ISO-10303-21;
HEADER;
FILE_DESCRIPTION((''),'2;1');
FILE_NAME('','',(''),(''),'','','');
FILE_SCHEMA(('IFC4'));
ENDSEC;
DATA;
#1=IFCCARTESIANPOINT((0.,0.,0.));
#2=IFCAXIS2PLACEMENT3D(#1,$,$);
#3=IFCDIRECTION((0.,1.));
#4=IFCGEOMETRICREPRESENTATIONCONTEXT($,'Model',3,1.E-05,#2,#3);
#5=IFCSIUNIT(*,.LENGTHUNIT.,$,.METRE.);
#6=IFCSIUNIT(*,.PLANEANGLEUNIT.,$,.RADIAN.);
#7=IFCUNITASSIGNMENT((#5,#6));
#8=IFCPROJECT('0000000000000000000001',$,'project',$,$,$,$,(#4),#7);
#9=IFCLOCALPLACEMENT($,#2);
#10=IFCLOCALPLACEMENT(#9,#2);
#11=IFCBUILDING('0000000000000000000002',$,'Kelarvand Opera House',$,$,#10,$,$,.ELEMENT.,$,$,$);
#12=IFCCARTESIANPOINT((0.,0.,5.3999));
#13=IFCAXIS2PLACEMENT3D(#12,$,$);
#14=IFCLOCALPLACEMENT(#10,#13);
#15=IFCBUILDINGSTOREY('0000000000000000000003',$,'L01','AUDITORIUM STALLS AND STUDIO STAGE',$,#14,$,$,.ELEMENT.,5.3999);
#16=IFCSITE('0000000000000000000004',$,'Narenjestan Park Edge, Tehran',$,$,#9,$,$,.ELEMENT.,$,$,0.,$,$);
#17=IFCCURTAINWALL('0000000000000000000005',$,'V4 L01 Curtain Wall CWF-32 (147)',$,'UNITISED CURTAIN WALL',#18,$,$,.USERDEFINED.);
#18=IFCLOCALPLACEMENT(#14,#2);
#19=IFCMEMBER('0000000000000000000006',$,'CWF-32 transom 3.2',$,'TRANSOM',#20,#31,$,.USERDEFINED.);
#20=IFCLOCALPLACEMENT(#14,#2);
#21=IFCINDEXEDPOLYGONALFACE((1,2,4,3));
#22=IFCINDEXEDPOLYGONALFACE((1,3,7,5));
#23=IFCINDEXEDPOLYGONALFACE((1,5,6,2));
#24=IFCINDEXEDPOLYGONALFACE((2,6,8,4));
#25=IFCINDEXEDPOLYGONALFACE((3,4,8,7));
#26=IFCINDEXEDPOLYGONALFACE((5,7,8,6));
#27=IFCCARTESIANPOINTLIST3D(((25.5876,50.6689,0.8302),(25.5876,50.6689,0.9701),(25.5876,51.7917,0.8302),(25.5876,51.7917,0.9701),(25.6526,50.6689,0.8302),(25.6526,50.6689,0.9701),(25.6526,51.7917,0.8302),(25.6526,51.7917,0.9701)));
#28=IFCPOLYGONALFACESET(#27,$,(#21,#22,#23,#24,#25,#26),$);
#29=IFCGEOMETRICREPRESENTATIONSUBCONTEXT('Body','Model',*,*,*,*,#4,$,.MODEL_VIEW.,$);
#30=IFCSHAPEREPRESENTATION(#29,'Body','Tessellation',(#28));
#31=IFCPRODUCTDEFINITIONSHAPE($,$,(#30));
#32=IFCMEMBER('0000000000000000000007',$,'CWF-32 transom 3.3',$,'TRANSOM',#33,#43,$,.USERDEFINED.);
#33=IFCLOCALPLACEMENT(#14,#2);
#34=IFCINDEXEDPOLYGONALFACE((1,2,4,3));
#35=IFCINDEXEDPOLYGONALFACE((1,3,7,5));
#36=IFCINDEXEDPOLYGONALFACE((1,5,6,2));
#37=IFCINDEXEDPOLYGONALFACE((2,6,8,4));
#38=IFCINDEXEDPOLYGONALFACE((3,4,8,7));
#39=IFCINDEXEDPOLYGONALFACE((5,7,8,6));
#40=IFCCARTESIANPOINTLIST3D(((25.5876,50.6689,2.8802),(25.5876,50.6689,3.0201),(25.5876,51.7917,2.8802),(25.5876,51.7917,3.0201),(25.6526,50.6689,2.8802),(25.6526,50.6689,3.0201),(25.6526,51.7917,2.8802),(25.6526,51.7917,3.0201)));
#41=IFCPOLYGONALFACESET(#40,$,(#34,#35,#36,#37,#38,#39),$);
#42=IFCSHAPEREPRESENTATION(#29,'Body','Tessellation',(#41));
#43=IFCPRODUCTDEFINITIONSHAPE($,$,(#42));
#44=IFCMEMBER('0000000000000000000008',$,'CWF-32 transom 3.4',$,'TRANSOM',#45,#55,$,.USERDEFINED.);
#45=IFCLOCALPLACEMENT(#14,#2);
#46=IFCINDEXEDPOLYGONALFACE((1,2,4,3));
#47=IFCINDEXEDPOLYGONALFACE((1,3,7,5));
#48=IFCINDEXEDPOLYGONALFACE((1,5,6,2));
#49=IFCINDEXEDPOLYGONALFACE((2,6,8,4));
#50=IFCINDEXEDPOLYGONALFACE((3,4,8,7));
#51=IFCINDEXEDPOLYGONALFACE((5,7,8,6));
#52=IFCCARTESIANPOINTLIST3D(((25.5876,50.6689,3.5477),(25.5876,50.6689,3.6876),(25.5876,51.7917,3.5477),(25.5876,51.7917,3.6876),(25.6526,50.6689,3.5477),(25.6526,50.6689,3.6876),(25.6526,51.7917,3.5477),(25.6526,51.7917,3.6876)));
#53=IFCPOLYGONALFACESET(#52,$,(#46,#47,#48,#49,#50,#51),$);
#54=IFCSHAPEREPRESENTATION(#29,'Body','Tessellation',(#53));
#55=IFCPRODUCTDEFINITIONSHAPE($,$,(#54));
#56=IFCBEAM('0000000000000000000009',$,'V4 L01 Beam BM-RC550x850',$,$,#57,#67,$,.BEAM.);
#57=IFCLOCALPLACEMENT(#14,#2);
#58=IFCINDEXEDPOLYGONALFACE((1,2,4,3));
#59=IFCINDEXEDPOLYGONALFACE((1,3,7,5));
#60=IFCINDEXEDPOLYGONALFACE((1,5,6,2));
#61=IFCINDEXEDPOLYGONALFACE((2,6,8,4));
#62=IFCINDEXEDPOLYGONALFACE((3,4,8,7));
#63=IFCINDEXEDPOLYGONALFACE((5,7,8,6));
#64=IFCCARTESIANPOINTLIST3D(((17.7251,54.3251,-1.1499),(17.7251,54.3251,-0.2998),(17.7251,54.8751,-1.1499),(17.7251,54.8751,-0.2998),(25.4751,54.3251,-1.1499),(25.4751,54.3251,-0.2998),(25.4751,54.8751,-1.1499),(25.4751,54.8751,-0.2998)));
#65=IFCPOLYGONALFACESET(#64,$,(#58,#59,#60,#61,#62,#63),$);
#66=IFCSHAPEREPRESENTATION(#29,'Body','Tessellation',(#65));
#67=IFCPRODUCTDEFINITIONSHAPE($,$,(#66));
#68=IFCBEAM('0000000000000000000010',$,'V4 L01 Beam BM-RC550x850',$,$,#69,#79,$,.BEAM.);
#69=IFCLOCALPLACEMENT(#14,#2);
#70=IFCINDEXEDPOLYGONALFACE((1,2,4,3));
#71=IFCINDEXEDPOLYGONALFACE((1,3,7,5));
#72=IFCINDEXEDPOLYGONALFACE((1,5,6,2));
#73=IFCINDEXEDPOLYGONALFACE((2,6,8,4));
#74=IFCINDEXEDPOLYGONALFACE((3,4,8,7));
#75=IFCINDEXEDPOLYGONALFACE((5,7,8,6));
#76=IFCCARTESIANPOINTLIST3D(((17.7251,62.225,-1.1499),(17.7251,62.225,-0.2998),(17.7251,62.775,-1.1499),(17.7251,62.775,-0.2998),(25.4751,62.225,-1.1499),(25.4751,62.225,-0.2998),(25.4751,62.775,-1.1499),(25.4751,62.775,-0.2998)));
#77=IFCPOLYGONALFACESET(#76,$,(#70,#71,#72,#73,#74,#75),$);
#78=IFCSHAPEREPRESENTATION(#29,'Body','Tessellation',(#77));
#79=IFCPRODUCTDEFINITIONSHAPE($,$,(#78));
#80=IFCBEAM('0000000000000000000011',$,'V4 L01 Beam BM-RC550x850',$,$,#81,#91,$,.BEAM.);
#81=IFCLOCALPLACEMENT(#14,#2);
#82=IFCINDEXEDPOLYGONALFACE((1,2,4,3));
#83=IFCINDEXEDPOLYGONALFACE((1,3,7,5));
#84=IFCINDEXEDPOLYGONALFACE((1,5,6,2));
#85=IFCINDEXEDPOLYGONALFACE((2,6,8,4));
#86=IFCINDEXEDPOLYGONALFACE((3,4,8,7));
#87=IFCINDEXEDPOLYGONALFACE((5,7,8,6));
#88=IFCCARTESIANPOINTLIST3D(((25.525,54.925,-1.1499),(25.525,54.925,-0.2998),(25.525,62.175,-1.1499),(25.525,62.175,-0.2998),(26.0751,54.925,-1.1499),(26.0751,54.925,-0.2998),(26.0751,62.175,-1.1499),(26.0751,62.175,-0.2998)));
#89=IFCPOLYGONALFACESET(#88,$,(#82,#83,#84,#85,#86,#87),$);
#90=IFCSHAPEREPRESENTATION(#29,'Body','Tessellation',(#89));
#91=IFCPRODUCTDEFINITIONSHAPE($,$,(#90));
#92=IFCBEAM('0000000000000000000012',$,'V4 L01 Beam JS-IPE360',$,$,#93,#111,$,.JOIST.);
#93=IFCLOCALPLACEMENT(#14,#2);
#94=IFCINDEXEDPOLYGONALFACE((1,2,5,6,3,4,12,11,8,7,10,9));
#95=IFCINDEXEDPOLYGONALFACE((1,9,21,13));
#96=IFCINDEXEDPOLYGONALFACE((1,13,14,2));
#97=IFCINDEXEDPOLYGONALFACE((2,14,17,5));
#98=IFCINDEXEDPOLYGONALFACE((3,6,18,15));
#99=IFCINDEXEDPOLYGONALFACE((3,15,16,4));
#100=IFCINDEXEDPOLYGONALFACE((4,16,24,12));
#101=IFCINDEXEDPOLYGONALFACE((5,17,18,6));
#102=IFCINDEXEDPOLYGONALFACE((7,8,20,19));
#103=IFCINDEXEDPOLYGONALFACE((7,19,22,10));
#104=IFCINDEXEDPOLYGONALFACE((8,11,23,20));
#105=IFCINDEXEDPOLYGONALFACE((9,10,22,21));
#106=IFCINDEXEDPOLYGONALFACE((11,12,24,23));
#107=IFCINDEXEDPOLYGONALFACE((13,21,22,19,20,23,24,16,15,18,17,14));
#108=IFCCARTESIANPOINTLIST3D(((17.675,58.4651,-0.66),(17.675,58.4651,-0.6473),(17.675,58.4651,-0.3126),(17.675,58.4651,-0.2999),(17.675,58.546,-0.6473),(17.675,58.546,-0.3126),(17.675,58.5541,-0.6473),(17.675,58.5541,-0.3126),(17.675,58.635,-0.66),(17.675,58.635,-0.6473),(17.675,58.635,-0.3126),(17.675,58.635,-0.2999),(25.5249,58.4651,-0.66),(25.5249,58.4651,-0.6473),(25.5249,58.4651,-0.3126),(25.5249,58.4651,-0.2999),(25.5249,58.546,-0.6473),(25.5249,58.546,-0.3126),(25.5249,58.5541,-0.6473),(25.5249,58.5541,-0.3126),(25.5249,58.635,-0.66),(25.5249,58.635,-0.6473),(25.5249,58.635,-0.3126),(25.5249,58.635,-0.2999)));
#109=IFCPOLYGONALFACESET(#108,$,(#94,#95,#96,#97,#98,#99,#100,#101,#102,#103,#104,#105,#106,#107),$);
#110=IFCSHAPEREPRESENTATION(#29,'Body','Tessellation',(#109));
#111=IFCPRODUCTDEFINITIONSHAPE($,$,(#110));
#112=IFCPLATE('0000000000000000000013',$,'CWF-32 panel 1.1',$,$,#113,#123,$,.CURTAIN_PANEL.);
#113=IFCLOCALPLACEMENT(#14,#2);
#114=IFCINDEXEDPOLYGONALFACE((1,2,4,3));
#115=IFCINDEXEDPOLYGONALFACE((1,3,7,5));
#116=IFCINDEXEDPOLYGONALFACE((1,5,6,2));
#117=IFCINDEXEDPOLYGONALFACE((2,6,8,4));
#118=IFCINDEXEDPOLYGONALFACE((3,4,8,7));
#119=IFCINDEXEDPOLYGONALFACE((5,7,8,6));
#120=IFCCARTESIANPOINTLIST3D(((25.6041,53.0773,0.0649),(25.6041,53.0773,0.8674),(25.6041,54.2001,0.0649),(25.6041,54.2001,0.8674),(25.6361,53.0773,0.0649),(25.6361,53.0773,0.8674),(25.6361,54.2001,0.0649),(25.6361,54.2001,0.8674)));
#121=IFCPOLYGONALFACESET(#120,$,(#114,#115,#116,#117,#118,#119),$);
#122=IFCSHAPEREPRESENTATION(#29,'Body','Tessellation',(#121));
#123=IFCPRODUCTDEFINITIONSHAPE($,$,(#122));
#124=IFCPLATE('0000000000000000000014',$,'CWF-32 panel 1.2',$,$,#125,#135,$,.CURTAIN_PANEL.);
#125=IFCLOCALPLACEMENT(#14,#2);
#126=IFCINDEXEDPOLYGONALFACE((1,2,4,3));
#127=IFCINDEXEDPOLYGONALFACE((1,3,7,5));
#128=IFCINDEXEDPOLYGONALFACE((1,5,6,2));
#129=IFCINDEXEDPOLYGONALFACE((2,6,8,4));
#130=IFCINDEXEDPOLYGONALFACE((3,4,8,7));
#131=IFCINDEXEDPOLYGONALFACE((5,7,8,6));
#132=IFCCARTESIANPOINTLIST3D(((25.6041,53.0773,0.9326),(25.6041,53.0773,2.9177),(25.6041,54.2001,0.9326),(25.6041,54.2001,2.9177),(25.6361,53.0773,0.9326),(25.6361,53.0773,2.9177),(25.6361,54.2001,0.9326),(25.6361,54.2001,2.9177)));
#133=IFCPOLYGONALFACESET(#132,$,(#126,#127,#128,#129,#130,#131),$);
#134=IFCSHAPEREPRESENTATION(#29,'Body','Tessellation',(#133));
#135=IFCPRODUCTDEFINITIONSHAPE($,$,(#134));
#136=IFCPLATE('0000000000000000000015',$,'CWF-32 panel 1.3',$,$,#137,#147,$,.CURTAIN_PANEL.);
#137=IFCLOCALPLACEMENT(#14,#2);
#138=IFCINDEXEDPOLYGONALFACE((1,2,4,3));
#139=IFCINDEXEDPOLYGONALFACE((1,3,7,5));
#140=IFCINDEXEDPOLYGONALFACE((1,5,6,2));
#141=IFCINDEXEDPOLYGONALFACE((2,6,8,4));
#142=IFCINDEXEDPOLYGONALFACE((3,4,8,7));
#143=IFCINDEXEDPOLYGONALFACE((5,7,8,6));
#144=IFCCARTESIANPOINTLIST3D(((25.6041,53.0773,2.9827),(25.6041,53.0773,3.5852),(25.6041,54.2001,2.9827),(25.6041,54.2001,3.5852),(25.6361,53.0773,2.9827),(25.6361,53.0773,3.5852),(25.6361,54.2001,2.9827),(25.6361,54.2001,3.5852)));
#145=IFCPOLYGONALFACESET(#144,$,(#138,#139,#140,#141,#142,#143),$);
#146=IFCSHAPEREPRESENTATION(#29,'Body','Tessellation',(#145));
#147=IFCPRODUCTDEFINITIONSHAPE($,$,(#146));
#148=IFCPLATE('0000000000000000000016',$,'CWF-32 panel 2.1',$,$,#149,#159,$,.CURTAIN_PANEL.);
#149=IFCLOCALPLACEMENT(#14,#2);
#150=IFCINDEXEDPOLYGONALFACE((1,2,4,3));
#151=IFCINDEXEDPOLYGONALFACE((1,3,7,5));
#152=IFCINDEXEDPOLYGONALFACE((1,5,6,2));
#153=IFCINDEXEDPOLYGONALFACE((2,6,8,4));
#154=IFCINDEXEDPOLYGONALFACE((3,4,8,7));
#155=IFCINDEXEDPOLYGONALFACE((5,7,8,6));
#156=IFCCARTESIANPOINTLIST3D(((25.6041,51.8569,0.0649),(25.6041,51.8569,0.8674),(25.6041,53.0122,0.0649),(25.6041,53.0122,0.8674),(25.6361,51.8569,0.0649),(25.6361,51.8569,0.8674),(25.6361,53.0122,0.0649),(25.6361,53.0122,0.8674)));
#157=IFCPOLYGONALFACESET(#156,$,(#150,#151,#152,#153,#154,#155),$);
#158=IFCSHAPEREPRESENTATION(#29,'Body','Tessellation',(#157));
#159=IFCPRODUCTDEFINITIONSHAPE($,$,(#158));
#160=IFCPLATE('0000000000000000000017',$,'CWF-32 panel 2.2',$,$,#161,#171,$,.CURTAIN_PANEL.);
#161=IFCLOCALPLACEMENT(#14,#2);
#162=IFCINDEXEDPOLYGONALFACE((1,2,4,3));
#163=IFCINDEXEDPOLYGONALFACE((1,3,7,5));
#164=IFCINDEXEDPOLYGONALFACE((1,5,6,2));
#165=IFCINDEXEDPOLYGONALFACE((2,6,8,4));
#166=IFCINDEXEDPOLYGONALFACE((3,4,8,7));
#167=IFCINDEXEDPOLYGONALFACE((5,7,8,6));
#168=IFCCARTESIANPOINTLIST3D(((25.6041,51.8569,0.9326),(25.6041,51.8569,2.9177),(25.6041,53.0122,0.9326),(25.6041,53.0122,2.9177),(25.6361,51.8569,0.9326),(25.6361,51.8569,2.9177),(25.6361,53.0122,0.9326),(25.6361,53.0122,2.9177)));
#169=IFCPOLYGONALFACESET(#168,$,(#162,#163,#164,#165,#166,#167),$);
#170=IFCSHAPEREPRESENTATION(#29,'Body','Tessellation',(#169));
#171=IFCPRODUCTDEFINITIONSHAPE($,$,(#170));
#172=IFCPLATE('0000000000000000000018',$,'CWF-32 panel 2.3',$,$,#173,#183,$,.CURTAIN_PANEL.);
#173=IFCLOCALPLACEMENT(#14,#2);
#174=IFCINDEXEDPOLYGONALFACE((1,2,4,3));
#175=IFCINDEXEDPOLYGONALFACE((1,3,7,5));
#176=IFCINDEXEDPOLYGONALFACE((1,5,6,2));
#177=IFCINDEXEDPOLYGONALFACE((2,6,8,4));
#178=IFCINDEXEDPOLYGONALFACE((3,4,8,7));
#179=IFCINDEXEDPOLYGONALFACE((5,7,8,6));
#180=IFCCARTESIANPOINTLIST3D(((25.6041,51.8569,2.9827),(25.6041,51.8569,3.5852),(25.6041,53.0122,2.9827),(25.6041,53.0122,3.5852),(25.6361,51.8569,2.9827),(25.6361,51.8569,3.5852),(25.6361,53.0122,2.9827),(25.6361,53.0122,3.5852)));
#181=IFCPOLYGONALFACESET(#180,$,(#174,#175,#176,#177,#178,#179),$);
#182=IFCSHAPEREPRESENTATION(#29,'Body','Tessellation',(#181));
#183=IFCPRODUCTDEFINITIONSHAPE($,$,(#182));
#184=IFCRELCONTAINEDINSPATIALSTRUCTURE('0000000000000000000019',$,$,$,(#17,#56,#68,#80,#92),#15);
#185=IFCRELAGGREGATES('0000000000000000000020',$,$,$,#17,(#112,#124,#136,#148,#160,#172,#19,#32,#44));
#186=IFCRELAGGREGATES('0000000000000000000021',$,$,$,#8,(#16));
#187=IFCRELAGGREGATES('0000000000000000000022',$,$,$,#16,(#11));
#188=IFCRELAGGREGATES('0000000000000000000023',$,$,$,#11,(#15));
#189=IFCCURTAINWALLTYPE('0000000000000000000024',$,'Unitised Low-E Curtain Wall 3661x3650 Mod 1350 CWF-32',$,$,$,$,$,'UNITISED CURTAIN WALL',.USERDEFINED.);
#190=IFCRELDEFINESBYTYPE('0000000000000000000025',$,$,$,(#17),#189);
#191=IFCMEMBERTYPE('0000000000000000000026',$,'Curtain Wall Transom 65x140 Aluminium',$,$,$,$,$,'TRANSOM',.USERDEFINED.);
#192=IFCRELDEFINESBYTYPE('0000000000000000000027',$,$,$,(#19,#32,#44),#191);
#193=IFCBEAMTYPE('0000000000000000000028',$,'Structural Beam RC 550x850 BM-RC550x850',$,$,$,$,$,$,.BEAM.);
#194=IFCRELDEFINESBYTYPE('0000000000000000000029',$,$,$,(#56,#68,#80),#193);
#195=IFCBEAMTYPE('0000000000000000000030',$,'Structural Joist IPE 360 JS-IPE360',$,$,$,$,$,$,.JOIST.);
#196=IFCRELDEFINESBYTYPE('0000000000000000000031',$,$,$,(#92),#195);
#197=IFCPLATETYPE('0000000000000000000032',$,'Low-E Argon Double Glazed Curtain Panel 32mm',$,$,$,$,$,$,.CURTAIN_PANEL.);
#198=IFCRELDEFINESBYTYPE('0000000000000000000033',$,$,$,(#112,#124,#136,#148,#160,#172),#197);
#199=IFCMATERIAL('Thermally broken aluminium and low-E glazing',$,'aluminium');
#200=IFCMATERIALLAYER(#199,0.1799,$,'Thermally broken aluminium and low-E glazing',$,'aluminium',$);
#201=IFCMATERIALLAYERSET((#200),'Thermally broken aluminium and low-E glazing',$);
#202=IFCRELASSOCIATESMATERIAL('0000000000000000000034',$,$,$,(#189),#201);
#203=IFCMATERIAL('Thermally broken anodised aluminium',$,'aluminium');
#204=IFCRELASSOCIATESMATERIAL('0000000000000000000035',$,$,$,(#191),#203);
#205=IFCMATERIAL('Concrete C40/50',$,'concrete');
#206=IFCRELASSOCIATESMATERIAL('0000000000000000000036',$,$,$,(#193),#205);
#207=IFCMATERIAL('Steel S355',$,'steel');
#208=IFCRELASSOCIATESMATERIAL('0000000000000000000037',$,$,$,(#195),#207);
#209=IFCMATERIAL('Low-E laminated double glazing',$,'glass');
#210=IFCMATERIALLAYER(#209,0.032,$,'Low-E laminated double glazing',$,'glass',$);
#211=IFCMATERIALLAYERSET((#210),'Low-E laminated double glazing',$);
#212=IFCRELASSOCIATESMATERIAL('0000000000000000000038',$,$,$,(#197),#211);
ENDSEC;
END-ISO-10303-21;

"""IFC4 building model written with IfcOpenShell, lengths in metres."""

from ifc_helpers import new_model, si_unit, direction, frame, origin, origin_2d, place, context, subcontext, project, spatial, rectangle, i_section, extrude, material, layer, layer_set, material_profile, profile_set, type_object, element, aggregate, save


model = new_model("IFC4")

# Units and contexts
model_context = context("Model", 3, precision=1e-05, world=origin(), true_north=direction((0.0, 1.0)))
body_context = subcontext(model_context, "Body", "Model", "MODEL_VIEW")
ifc_project = project(units=[si_unit("LENGTHUNIT", "METRE"), si_unit("PLANEANGLEUNIT", "RADIAN")], contexts=[model_context])

# Site, building, storey
site_placement = place(None, origin())
site = spatial("IfcSite", under=ifc_project, at=site_placement, Name="Narenjestan Park Edge, Tehran", CompositionType="ELEMENT", RefElevation=0.0)
building_placement = place(site_placement, origin())
building = spatial("IfcBuilding", under=site, at=building_placement, Name="Kelarvand Opera House", CompositionType="ELEMENT")
storey_placement = place(building_placement, frame((0.0, 0.0, 5.3999)))
storey = spatial("IfcBuildingStorey", under=building, at=storey_placement, Name="L01", Description="AUDITORIUM STALLS AND STUDIO STAGE", CompositionType="ELEMENT", Elevation=5.3999)

# Shared definitions
ifc_material_1 = material(Name="Concrete C40/50", Category="concrete")

# Curtain wall, members
ifc_material_2 = material(Name="Thermally broken aluminium and low-E glazing", Category="aluminium")
ifc_layer_1 = layer(ifc_material_2, 0.1799, Name="Thermally broken aluminium and low-E glazing", Category="aluminium")
ifc_layer_set_1 = layer_set([ifc_layer_1], Name="Thermally broken aluminium and low-E glazing")
curtain_wall_type = type_object("IfcCurtainWallType", Name="Unitised Low-E Curtain Wall 3661x3650 Mod 1350 CWF-32", ElementType="UNITISED CURTAIN WALL", PredefinedType="USERDEFINED", material=ifc_layer_set_1)
curtain_wall_placement = place(storey_placement, origin())
curtain_wall = element("IfcCurtainWall", 1, at=curtain_wall_placement, inside=storey, type_object=curtain_wall_type, Name="V4 L01 Curtain Wall CWF-32 (147)", ObjectType="UNITISED CURTAIN WALL", PredefinedType="USERDEFINED")
ifc_material_3 = material(Name="Thermally broken anodised aluminium", Category="aluminium")
ifc_material_profile_1 = material_profile(ifc_material_3, rectangle(XDim=0.0649, YDim=0.1399, at=origin_2d()), Name="ALU TRANSOM 65x140", Category="aluminium")
ifc_profile_set_1 = profile_set([ifc_material_profile_1], Name="Thermally broken anodised aluminium")
member_type_1 = type_object("IfcMemberType", Name="Curtain Wall Transom 65x140 Aluminium", ElementType="TRANSOM", PredefinedType="USERDEFINED", material=ifc_profile_set_1)
member_1_placement = place(storey_placement, frame((25.6201, 51.7917, 0.9001), z_axis=(0.0, -1.0, 0.0), x_axis=(1.0, 0.0, 0.0)))
member_1 = element("IfcMember", 2, at=member_1_placement, type_object=member_type_1, Name="CWF-32 transom 3.2", ObjectType="TRANSOM", PredefinedType="USERDEFINED", context=body_context, shape_type="SweptSolid", body=[
    extrude(rectangle(XDim=0.0649, YDim=0.1399, at=origin_2d()), origin(), (0.0, 0.0, 1.0), 1.1228),
])
member_2_placement = place(storey_placement, frame((25.6201, 51.7917, 2.9502), z_axis=(0.0, -1.0, 0.0), x_axis=(1.0, 0.0, 0.0)))
member_2 = element("IfcMember", 3, at=member_2_placement, type_object=member_type_1, Name="CWF-32 transom 3.3", ObjectType="TRANSOM", PredefinedType="USERDEFINED", context=body_context, shape_type="SweptSolid", body=[
    extrude(rectangle(XDim=0.0649, YDim=0.1399, at=origin_2d()), origin(), (0.0, 0.0, 1.0), 1.1228),
])
member_3_placement = place(storey_placement, frame((25.6201, 51.7917, 3.6177), z_axis=(0.0, -1.0, 0.0), x_axis=(1.0, 0.0, 0.0)))
member_3 = element("IfcMember", 4, at=member_3_placement, type_object=member_type_1, Name="CWF-32 transom 3.4", ObjectType="TRANSOM", PredefinedType="USERDEFINED", context=body_context, shape_type="SweptSolid", body=[
    extrude(rectangle(XDim=0.0649, YDim=0.1399, at=origin_2d()), origin(), (0.0, 0.0, 1.0), 1.1228),
])

# Beams
ifc_material_profile_2 = material_profile(ifc_material_1, rectangle(XDim=0.55, YDim=0.8501, at=origin_2d()), Name="RC 550x850", Category="concrete")
ifc_profile_set_2 = profile_set([ifc_material_profile_2], Name="Concrete C40/50")
beam_type_1 = type_object("IfcBeamType", Name="Structural Beam RC 550x850 BM-RC550x850", PredefinedType="BEAM", material=ifc_profile_set_2)
for number, where, z_axis, x_axis, name in (
    (5, (17.7251, 54.6001, -0.7249), (1.0, 0.0, 0.0), (0.0, 1.0, 0.0), "V4 L01 Beam BM-RC550x850"),
    (6, (17.7251, 62.5, -0.7249), (1.0, 0.0, 0.0), (0.0, 1.0, 0.0), "V4 L01 Beam BM-RC550x850"),
):
    element("IfcBeam", number, at=place(storey_placement, frame(where, z_axis=z_axis, x_axis=x_axis)), inside=storey, type_object=beam_type_1, Name=name, PredefinedType="BEAM", context=body_context, shape_type="SweptSolid", body=[
        extrude(rectangle(XDim=0.55, YDim=0.8501, at=origin_2d()), origin(), (0.0, 0.0, 1.0), 7.75),
    ])
beam_1_placement = place(storey_placement, frame((25.8, 54.925, -0.7249), z_axis=(0.0, 1.0, 0.0), x_axis=(-1.0, 0.0, 0.0)))
element("IfcBeam", 7, at=beam_1_placement, inside=storey, type_object=beam_type_1, Name="V4 L01 Beam BM-RC550x850", PredefinedType="BEAM", context=body_context, shape_type="SweptSolid", body=[
    extrude(rectangle(XDim=0.55, YDim=0.8501, at=origin_2d()), origin(), (0.0, 0.0, 1.0), 7.25),
])
ifc_material_4 = material(Name="Steel S355", Category="steel")
ifc_material_profile_3 = material_profile(ifc_material_4, i_section(OverallWidth=0.1699, OverallDepth=0.3601, WebThickness=0.0081, FlangeThickness=0.0127, at=origin_2d()), Name="IPE 360", Category="steel")
ifc_profile_set_3 = profile_set([ifc_material_profile_3], Name="Steel S355")
beam_type_2 = type_object("IfcBeamType", Name="Structural Joist IPE 360 JS-IPE360", PredefinedType="JOIST", material=ifc_profile_set_3)
beam_2_placement = place(storey_placement, frame((17.675, 58.55, -0.48), z_axis=(1.0, 0.0, 0.0), x_axis=(0.0, 1.0, 0.0)))
element("IfcBeam", 8, at=beam_2_placement, inside=storey, type_object=beam_type_2, Name="V4 L01 Beam JS-IPE360", PredefinedType="JOIST", context=body_context, shape_type="SweptSolid", body=[
    extrude(i_section(OverallWidth=0.1699, OverallDepth=0.3601, WebThickness=0.0081, FlangeThickness=0.0127, at=origin_2d()), origin(), (0.0, 0.0, 1.0), 7.8499),
])

# Plates
ifc_material_5 = material(Name="Low-E laminated double glazing", Category="glass")
ifc_layer_2 = layer(ifc_material_5, 0.032, Name="Low-E laminated double glazing", Category="glass")
ifc_layer_set_2 = layer_set([ifc_layer_2], Name="Low-E laminated double glazing")
plate_type = type_object("IfcPlateType", Name="Low-E Argon Double Glazed Curtain Panel 32mm", PredefinedType="CURTAIN_PANEL", material=ifc_layer_set_2)
plate_1_placement = place(storey_placement, frame((25.6201, 53.6387, 0.0649), z_axis=(0.0, 0.0, 1.0), x_axis=(0.0, -1.0, 0.0)))
plate_1 = element("IfcPlate", 9, at=plate_1_placement, type_object=plate_type, Name="CWF-32 panel 1.1", PredefinedType="CURTAIN_PANEL", context=body_context, shape_type="SweptSolid", body=[
    extrude(rectangle(XDim=1.1228, YDim=0.032, at=origin_2d()), origin(), (0.0, 0.0, 1.0), 0.8025),
])
plate_2_placement = place(storey_placement, frame((25.6201, 53.6387, 0.9326), z_axis=(0.0, 0.0, 1.0), x_axis=(0.0, -1.0, 0.0)))
plate_2 = element("IfcPlate", 10, at=plate_2_placement, type_object=plate_type, Name="CWF-32 panel 1.2", PredefinedType="CURTAIN_PANEL", context=body_context, shape_type="SweptSolid", body=[
    extrude(rectangle(XDim=1.1228, YDim=0.032, at=origin_2d()), origin(), (0.0, 0.0, 1.0), 1.9851),
])
plate_3_placement = place(storey_placement, frame((25.6201, 53.6387, 2.9827), z_axis=(0.0, 0.0, 1.0), x_axis=(0.0, -1.0, 0.0)))
plate_3 = element("IfcPlate", 11, at=plate_3_placement, type_object=plate_type, Name="CWF-32 panel 1.3", PredefinedType="CURTAIN_PANEL", context=body_context, shape_type="SweptSolid", body=[
    extrude(rectangle(XDim=1.1228, YDim=0.032, at=origin_2d()), origin(), (0.0, 0.0, 1.0), 0.6025),
])
plate_4_placement = place(storey_placement, frame((25.6201, 52.4346, 0.0649), z_axis=(0.0, 0.0, 1.0), x_axis=(0.0, -1.0, 0.0)))
plate_4 = element("IfcPlate", 12, at=plate_4_placement, type_object=plate_type, Name="CWF-32 panel 2.1", PredefinedType="CURTAIN_PANEL", context=body_context, shape_type="SweptSolid", body=[
    extrude(rectangle(XDim=1.1553, YDim=0.032, at=origin_2d()), origin(), (0.0, 0.0, 1.0), 0.8025),
])
plate_5_placement = place(storey_placement, frame((25.6201, 52.4346, 0.9326), z_axis=(0.0, 0.0, 1.0), x_axis=(0.0, -1.0, 0.0)))
plate_5 = element("IfcPlate", 13, at=plate_5_placement, type_object=plate_type, Name="CWF-32 panel 2.2", PredefinedType="CURTAIN_PANEL", context=body_context, shape_type="SweptSolid", body=[
    extrude(rectangle(XDim=1.1553, YDim=0.032, at=origin_2d()), origin(), (0.0, 0.0, 1.0), 1.9851),
])
plate_6_placement = place(storey_placement, frame((25.6201, 52.4346, 2.9827), z_axis=(0.0, 0.0, 1.0), x_axis=(0.0, -1.0, 0.0)))
plate_6 = element("IfcPlate", 14, at=plate_6_placement, type_object=plate_type, Name="CWF-32 panel 2.3", PredefinedType="CURTAIN_PANEL", context=body_context, shape_type="SweptSolid", body=[
    extrude(rectangle(XDim=1.1553, YDim=0.032, at=origin_2d()), origin(), (0.0, 0.0, 1.0), 0.6025),
])
aggregate(curtain_wall, [plate_1, plate_2, plate_3, plate_4, plate_5, plate_6, member_1, member_2, member_3])

save(model, "model.ifc")
